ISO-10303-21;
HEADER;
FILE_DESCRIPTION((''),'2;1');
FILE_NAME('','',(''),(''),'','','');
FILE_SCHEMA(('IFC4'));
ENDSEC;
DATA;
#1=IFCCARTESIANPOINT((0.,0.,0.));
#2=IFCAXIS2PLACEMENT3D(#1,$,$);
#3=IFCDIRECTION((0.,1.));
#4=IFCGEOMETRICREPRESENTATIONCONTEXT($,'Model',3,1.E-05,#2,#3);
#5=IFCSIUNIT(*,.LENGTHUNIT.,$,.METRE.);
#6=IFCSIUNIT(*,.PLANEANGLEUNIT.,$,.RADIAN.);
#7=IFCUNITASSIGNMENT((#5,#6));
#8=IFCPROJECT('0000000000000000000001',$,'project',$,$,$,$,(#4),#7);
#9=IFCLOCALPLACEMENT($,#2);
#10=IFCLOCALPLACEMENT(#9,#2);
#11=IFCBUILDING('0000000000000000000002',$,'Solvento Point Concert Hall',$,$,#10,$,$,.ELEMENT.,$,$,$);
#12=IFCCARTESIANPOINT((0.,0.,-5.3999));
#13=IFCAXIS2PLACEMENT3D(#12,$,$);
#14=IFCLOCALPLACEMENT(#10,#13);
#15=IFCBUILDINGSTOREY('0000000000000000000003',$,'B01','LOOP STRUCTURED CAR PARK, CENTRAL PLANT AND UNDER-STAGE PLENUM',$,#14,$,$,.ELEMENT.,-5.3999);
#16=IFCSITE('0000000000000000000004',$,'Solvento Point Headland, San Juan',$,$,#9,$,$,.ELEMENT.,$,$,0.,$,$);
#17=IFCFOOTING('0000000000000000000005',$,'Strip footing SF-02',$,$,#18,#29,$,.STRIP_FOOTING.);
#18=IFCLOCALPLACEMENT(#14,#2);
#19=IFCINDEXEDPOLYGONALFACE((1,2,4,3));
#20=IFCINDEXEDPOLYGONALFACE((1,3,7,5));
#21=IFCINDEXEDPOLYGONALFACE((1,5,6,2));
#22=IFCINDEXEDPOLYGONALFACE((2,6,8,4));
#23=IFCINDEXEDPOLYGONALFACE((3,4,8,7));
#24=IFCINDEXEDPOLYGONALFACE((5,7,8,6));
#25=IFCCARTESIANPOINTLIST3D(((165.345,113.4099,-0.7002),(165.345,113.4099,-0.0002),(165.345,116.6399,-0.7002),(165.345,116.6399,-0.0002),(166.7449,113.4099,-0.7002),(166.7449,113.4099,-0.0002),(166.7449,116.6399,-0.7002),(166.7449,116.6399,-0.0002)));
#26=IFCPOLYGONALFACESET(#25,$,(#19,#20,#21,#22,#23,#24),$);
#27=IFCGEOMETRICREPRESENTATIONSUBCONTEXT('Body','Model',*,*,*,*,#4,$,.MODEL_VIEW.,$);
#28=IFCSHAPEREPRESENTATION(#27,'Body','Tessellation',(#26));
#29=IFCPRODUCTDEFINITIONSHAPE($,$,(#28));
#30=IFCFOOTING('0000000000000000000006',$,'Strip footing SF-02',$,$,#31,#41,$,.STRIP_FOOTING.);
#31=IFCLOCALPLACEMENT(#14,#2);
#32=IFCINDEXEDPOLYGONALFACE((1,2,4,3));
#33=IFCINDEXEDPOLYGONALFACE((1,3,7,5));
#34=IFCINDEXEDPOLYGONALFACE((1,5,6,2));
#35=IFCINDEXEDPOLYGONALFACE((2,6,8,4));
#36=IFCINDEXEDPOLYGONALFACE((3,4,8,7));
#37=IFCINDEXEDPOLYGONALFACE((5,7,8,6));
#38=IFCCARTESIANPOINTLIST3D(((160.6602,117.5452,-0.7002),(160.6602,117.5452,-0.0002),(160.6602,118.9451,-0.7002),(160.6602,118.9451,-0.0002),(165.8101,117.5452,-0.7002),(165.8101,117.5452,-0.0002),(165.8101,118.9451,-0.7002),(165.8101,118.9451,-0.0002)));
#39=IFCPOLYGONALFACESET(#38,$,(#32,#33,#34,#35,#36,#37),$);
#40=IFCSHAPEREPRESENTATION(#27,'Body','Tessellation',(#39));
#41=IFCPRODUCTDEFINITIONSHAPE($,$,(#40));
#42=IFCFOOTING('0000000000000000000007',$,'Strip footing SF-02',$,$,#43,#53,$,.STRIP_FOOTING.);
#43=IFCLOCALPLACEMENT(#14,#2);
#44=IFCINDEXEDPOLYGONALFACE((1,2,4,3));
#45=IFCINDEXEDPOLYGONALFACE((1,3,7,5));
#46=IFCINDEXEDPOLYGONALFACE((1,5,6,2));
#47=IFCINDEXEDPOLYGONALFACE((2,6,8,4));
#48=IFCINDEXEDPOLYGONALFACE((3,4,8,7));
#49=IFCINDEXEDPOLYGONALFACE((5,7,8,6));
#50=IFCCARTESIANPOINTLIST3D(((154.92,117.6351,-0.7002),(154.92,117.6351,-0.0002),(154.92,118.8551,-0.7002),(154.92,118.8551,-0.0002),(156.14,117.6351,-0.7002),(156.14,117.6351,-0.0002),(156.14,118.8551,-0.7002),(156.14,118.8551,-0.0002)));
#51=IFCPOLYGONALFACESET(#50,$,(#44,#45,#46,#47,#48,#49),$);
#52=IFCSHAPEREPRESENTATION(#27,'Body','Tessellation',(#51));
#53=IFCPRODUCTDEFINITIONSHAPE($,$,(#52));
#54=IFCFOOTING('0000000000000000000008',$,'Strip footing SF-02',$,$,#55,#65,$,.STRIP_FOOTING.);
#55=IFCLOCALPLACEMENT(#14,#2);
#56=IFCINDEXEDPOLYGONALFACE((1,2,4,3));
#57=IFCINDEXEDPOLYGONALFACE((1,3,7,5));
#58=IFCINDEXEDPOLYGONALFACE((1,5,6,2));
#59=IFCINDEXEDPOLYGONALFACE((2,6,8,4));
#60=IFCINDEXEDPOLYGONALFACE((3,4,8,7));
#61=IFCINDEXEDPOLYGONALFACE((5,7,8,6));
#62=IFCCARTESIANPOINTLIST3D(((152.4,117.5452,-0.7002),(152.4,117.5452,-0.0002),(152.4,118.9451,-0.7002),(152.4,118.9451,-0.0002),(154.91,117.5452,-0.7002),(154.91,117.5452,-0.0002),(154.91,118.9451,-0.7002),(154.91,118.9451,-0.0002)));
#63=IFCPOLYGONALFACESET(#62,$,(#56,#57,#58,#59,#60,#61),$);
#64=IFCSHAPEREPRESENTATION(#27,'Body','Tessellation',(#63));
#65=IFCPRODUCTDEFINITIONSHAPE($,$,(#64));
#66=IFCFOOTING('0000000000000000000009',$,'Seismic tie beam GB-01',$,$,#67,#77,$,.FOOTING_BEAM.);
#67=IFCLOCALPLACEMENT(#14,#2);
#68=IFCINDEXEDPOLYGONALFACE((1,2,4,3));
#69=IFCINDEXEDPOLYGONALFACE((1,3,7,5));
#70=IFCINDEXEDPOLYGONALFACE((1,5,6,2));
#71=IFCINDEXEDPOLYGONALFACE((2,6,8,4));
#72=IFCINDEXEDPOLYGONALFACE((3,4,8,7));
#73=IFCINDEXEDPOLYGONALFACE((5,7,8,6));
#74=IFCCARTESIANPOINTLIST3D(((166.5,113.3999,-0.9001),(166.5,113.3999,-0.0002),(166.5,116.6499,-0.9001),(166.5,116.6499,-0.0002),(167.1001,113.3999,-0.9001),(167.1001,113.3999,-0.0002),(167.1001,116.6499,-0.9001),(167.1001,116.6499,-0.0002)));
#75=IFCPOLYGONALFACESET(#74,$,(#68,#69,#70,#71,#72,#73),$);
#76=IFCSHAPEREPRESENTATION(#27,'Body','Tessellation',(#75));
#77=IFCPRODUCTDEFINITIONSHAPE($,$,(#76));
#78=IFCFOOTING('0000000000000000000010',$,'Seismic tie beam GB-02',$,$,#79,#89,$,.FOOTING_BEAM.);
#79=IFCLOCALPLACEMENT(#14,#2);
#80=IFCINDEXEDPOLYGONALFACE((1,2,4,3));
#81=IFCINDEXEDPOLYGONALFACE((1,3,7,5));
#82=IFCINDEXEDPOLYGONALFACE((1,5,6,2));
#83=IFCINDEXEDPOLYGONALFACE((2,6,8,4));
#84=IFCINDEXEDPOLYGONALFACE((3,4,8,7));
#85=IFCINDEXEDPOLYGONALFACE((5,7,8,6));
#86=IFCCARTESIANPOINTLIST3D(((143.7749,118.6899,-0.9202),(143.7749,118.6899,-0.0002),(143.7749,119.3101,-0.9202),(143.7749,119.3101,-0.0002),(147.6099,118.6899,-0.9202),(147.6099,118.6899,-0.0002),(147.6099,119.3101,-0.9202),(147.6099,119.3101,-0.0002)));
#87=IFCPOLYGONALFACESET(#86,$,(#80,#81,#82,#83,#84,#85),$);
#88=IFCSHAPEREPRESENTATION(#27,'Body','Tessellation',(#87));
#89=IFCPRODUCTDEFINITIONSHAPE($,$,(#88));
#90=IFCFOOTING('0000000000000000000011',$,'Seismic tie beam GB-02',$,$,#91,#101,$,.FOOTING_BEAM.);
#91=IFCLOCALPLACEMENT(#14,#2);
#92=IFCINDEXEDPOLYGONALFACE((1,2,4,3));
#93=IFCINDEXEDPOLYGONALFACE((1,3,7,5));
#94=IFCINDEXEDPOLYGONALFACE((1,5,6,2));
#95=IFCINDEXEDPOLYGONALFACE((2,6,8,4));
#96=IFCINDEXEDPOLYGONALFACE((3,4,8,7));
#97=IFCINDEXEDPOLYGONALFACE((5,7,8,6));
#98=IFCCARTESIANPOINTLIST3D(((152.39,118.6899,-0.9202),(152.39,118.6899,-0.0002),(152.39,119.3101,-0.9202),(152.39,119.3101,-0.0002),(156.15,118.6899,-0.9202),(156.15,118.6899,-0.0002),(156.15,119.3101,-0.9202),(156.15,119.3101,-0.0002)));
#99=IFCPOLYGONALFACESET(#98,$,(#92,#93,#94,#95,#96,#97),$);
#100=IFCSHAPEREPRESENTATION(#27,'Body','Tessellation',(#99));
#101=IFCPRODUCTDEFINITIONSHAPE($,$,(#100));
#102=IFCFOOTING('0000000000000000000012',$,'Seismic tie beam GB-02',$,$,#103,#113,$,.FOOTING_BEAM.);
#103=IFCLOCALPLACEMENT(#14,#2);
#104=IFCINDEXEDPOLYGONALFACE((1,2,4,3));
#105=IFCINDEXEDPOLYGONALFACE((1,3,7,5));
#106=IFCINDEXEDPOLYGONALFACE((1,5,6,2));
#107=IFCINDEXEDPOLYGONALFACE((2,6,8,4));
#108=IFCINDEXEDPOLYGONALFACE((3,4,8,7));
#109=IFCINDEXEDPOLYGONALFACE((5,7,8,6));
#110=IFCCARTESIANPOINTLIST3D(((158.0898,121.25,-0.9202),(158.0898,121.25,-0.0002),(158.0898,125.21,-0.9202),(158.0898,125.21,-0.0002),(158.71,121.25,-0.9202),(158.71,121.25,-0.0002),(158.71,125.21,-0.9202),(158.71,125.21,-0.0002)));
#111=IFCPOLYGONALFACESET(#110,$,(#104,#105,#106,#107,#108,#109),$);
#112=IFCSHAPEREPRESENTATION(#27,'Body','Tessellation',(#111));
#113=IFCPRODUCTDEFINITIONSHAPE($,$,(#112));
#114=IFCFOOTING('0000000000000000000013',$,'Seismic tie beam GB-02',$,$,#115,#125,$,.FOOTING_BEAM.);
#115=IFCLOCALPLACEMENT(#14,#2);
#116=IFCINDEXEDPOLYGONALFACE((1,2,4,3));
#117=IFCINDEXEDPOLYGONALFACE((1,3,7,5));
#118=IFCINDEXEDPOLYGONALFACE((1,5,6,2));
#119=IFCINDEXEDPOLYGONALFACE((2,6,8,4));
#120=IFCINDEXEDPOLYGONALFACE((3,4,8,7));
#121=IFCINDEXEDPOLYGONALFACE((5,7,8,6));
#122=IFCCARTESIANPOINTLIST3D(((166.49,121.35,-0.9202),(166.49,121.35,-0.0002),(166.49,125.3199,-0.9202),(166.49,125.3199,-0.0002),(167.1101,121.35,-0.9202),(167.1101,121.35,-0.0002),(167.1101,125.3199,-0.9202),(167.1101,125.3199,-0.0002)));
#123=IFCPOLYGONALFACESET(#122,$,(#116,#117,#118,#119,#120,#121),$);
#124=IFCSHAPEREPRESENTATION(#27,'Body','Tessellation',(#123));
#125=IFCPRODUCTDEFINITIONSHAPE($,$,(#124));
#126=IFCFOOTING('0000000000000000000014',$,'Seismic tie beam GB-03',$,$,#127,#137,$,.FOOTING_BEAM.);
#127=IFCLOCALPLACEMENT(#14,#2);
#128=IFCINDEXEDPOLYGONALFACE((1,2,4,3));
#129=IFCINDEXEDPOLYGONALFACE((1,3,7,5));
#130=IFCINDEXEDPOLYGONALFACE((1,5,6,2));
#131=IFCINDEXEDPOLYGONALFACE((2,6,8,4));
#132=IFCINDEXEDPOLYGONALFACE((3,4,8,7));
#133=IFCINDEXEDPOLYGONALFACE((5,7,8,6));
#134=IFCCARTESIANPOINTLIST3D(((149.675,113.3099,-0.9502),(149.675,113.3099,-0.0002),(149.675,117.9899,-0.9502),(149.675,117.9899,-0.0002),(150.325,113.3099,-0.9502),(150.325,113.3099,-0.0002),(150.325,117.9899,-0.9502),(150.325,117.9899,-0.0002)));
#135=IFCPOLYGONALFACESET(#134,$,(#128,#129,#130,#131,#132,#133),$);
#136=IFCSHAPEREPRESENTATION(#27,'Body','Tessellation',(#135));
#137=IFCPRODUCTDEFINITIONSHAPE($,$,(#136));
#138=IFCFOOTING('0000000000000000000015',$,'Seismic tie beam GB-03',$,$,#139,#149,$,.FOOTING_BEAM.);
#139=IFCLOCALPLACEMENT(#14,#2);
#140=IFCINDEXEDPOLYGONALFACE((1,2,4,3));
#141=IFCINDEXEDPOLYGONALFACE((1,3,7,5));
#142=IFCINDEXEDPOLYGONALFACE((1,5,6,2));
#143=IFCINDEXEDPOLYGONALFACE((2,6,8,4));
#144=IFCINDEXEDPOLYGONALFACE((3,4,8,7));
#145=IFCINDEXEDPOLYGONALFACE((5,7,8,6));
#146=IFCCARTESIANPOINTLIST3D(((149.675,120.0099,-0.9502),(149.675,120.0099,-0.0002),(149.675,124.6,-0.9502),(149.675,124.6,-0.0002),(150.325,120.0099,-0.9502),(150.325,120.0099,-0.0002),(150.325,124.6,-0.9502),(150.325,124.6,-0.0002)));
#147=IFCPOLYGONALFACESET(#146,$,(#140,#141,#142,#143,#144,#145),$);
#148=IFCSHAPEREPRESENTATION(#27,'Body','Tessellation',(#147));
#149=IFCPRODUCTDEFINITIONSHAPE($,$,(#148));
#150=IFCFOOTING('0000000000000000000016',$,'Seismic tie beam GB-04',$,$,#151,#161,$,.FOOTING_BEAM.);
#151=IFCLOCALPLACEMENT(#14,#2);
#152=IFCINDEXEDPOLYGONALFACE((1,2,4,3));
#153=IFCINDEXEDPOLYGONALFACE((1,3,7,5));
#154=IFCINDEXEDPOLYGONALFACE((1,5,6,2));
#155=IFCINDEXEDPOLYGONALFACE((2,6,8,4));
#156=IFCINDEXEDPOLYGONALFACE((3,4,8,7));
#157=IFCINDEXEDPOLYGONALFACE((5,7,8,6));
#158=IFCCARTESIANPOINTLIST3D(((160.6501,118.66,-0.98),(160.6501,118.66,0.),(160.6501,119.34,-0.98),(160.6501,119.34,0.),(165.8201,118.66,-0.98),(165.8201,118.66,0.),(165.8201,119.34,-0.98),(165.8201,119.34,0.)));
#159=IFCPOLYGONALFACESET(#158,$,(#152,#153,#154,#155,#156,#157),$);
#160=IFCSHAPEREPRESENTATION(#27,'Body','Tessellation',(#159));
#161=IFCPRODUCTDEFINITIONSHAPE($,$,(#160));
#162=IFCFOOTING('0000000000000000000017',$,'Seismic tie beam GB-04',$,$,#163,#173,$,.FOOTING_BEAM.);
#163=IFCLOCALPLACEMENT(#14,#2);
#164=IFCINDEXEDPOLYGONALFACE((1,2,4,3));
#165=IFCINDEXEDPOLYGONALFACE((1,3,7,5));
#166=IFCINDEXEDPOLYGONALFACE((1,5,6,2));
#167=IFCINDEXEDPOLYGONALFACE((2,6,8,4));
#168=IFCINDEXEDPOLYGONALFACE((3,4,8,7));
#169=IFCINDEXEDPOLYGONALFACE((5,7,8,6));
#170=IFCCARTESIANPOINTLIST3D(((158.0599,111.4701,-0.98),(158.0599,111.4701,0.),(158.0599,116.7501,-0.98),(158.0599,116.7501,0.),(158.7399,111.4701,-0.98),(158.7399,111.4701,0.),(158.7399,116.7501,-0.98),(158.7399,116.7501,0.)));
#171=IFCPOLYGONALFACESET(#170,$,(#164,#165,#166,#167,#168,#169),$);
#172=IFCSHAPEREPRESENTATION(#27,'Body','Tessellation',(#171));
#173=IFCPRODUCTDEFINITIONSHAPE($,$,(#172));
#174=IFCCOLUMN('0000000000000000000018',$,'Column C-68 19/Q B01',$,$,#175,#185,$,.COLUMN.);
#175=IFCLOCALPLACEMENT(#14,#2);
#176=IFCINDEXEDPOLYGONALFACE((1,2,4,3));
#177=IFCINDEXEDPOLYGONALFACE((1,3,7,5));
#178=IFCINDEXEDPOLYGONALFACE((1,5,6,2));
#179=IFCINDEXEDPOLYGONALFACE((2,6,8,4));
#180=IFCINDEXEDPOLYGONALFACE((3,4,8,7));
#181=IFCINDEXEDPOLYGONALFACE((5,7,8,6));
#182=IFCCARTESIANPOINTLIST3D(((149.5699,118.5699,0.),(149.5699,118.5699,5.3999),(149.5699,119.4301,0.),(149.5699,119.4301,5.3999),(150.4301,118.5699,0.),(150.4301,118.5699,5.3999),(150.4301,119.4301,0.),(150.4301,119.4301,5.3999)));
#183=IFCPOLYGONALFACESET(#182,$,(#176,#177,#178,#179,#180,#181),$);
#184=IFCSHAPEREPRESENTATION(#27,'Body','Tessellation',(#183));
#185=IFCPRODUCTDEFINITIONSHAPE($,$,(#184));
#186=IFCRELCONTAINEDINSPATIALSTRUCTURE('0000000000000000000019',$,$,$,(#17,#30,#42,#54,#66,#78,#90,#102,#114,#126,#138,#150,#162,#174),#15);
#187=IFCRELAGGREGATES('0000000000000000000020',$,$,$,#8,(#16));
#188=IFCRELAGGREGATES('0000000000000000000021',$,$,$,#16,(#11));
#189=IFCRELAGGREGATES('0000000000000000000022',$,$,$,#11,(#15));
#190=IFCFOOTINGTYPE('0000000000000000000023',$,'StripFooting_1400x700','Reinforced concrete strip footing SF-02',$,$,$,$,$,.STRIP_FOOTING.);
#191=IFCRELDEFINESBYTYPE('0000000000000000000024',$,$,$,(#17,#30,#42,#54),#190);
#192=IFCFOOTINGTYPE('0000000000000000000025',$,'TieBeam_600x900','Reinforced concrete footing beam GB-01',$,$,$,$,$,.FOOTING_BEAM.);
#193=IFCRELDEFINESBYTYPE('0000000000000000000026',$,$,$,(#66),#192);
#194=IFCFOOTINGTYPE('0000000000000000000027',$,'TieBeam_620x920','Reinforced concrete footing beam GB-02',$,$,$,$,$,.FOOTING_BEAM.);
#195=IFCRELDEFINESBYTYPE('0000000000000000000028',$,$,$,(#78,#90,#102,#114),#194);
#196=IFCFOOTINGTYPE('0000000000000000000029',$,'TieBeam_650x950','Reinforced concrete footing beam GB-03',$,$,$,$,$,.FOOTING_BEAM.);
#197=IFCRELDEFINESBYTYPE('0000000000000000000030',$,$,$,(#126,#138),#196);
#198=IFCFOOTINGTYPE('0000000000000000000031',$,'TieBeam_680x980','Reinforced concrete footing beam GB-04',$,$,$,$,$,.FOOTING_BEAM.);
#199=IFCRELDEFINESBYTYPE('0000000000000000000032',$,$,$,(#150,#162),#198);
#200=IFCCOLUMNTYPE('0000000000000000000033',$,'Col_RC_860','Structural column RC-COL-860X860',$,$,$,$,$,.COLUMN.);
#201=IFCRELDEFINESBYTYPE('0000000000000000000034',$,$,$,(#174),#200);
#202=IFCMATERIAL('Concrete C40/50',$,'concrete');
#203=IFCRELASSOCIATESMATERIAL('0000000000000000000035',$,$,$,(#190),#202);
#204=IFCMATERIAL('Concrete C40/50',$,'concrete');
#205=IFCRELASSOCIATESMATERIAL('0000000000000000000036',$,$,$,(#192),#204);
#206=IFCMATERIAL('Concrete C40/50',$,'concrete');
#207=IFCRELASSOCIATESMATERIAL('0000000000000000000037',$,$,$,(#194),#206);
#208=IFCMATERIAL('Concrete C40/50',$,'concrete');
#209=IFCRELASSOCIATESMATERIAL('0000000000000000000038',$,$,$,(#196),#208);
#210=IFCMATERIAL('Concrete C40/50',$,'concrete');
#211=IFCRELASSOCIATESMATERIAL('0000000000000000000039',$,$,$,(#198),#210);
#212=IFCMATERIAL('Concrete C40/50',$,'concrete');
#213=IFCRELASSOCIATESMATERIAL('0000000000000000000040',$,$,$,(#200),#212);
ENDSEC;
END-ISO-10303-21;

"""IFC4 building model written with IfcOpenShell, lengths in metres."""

from ifc_helpers import new_model, si_unit, direction, frame, origin, origin_2d, place, context, subcontext, project, spatial, rectangle, extrude, material, material_profile, profile_set, type_object, element, save


model = new_model("IFC4")

# Units and contexts
model_context = context("Model", 3, precision=1e-05, world=origin(), true_north=direction((0.0, 1.0)))
body_context = subcontext(model_context, "Body", "Model", "MODEL_VIEW")
ifc_project = project(units=[si_unit("LENGTHUNIT", "METRE"), si_unit("PLANEANGLEUNIT", "RADIAN")], contexts=[model_context])

# Site, building, storey
site_placement = place(None, origin())
site = spatial("IfcSite", under=ifc_project, at=site_placement, Name="Solvento Point Headland, San Juan", CompositionType="ELEMENT", RefElevation=0.0)
building_placement = place(site_placement, origin())
building = spatial("IfcBuilding", under=site, at=building_placement, Name="Solvento Point Concert Hall", CompositionType="ELEMENT")
storey_placement = place(building_placement, frame((0.0, 0.0, -5.3999)))
storey = spatial("IfcBuildingStorey", under=building, at=storey_placement, Name="B01", Description="LOOP STRUCTURED CAR PARK, CENTRAL PLANT AND UNDER-STAGE PLENUM", CompositionType="ELEMENT", Elevation=-5.3999)

# Footings
ifc_material_1 = material(Name="Concrete C40/50", Category="concrete")
footing_type_1 = type_object("IfcFootingType", Name="StripFooting_1400x700", Description="Reinforced concrete strip footing SF-02", PredefinedType="STRIP_FOOTING", material=ifc_material_1)
footing_1_placement = place(storey_placement, frame((166.0449, 115.0249, -0.7002), z_axis=(0.0, 0.0, 1.0), x_axis=(0.0, 1.0, 0.0)))
element("IfcFooting", 1, at=footing_1_placement, inside=storey, type_object=footing_type_1, Name="Strip footing SF-02", PredefinedType="STRIP_FOOTING", context=body_context, shape_type="SweptSolid", body=[
    extrude(rectangle(XDim=3.23, YDim=1.3999, at=origin_2d()), origin(), (0.0, 0.0, 1.0), 0.7),
])
footing_2_placement = place(storey_placement, frame((163.2351, 118.2451, -0.7002), z_axis=(0.0, 0.0, 1.0), x_axis=(-1.0, 0.0, 0.0)))
element("IfcFooting", 2, at=footing_2_placement, inside=storey, type_object=footing_type_1, Name="Strip footing SF-02", PredefinedType="STRIP_FOOTING", context=body_context, shape_type="SweptSolid", body=[
    extrude(rectangle(XDim=5.1499, YDim=1.3999, at=origin_2d()), origin(), (0.0, 0.0, 1.0), 0.7),
])
footing_3_placement = place(storey_placement, frame((155.53, 118.2451, -0.7002), z_axis=(0.0, 0.0, 1.0), x_axis=(-1.0, 0.0, 0.0)))
element("IfcFooting", 3, at=footing_3_placement, inside=storey, type_object=footing_type_1, Name="Strip footing SF-02", PredefinedType="STRIP_FOOTING", context=body_context, shape_type="SweptSolid", body=[
    extrude(rectangle(XDim=1.22, YDim=1.22, at=origin_2d()), origin(), (0.0, 0.0, 1.0), 0.7),
])
footing_4_placement = place(storey_placement, frame((153.655, 118.2451, -0.7002), z_axis=(0.0, 0.0, 1.0), x_axis=(-1.0, 0.0, 0.0)))
element("IfcFooting", 4, at=footing_4_placement, inside=storey, type_object=footing_type_1, Name="Strip footing SF-02", PredefinedType="STRIP_FOOTING", context=body_context, shape_type="SweptSolid", body=[
    extrude(rectangle(XDim=2.51, YDim=1.3999, at=origin_2d()), origin(), (0.0, 0.0, 1.0), 0.7),
])
ifc_material_2 = material(Name="Concrete C40/50", Category="concrete")
footing_type_2 = type_object("IfcFootingType", Name="TieBeam_600x900", Description="Reinforced concrete footing beam GB-01", PredefinedType="FOOTING_BEAM", material=ifc_material_2)
footing_5_placement = place(storey_placement, frame((166.8, 115.0249, -0.9001), z_axis=(0.0, 0.0, 1.0), x_axis=(0.0, 1.0, 0.0)))
element("IfcFooting", 5, at=footing_5_placement, inside=storey, type_object=footing_type_2, Name="Seismic tie beam GB-01", PredefinedType="FOOTING_BEAM", context=body_context, shape_type="SweptSolid", body=[
    extrude(rectangle(XDim=3.25, YDim=0.6001, at=origin_2d()), origin(), (0.0, 0.0, 1.0), 0.8999),
])
ifc_material_3 = material(Name="Concrete C40/50", Category="concrete")
footing_type_3 = type_object("IfcFootingType", Name="TieBeam_620x920", Description="Reinforced concrete footing beam GB-02", PredefinedType="FOOTING_BEAM", material=ifc_material_3)
footing_6_placement = place(storey_placement, frame((145.6924, 119.0, -0.9202), z_axis=(0.0, 0.0, 1.0), x_axis=(1.0, 0.0, 0.0)))
element("IfcFooting", 6, at=footing_6_placement, inside=storey, type_object=footing_type_3, Name="Seismic tie beam GB-02", PredefinedType="FOOTING_BEAM", context=body_context, shape_type="SweptSolid", body=[
    extrude(rectangle(XDim=3.835, YDim=0.6201, at=origin_2d()), origin(), (0.0, 0.0, 1.0), 0.9199),
])
footing_7_placement = place(storey_placement, frame((154.27, 119.0, -0.9202), z_axis=(0.0, 0.0, 1.0), x_axis=(1.0, 0.0, 0.0)))
element("IfcFooting", 7, at=footing_7_placement, inside=storey, type_object=footing_type_3, Name="Seismic tie beam GB-02", PredefinedType="FOOTING_BEAM", context=body_context, shape_type="SweptSolid", body=[
    extrude(rectangle(XDim=3.76, YDim=0.6201, at=origin_2d()), origin(), (0.0, 0.0, 1.0), 0.9199),
])
footing_8_placement = place(storey_placement, frame((158.3999, 123.23, -0.9202), z_axis=(0.0, 0.0, 1.0), x_axis=(0.0, 1.0, 0.0)))
element("IfcFooting", 8, at=footing_8_placement, inside=storey, type_object=footing_type_3, Name="Seismic tie beam GB-02", PredefinedType="FOOTING_BEAM", context=body_context, shape_type="SweptSolid", body=[
    extrude(rectangle(XDim=3.96, YDim=0.6201, at=origin_2d()), origin(), (0.0, 0.0, 1.0), 0.9199),
])
footing_9_placement = place(storey_placement, frame((166.8, 123.335, -0.9202), z_axis=(0.0, 0.0, 1.0), x_axis=(0.0, 1.0, 0.0)))
element("IfcFooting", 9, at=footing_9_placement, inside=storey, type_object=footing_type_3, Name="Seismic tie beam GB-02", PredefinedType="FOOTING_BEAM", context=body_context, shape_type="SweptSolid", body=[
    extrude(rectangle(XDim=3.97, YDim=0.6201, at=origin_2d()), origin(), (0.0, 0.0, 1.0), 0.9199),
])
ifc_material_4 = material(Name="Concrete C40/50", Category="concrete")
footing_type_4 = type_object("IfcFootingType", Name="TieBeam_650x950", Description="Reinforced concrete footing beam GB-03", PredefinedType="FOOTING_BEAM", material=ifc_material_4)
footing_10_placement = place(storey_placement, frame((150.0, 115.6499, -0.9502), z_axis=(0.0, 0.0, 1.0), x_axis=(0.0, 1.0, 0.0)))
element("IfcFooting", 10, at=footing_10_placement, inside=storey, type_object=footing_type_4, Name="Seismic tie beam GB-03", PredefinedType="FOOTING_BEAM", context=body_context, shape_type="SweptSolid", body=[
    extrude(rectangle(XDim=4.6799, YDim=0.6499, at=origin_2d()), origin(), (0.0, 0.0, 1.0), 0.95),
])
footing_11_placement = place(storey_placement, frame((150.0, 122.3049, -0.9502), z_axis=(0.0, 0.0, 1.0), x_axis=(0.0, 1.0, 0.0)))
element("IfcFooting", 11, at=footing_11_placement, inside=storey, type_object=footing_type_4, Name="Seismic tie beam GB-03", PredefinedType="FOOTING_BEAM", context=body_context, shape_type="SweptSolid", body=[
    extrude(rectangle(XDim=4.5901, YDim=0.6499, at=origin_2d()), origin(), (0.0, 0.0, 1.0), 0.95),
])
ifc_material_5 = material(Name="Concrete C40/50", Category="concrete")
footing_type_5 = type_object("IfcFootingType", Name="TieBeam_680x980", Description="Reinforced concrete footing beam GB-04", PredefinedType="FOOTING_BEAM", material=ifc_material_5)
footing_12_placement = place(storey_placement, frame((163.2351, 119.0, -0.98), z_axis=(0.0, 0.0, 1.0), x_axis=(1.0, 0.0, 0.0)))
element("IfcFooting", 12, at=footing_12_placement, inside=storey, type_object=footing_type_5, Name="Seismic tie beam GB-04", PredefinedType="FOOTING_BEAM", context=body_context, shape_type="SweptSolid", body=[
    extrude(rectangle(XDim=5.1699, YDim=0.6799, at=origin_2d()), origin(), (0.0, 0.0, 1.0), 0.98),
])
footing_13_placement = place(storey_placement, frame((158.3999, 114.1101, -0.98), z_axis=(0.0, 0.0, 1.0), x_axis=(0.0, 1.0, 0.0)))
element("IfcFooting", 13, at=footing_13_placement, inside=storey, type_object=footing_type_5, Name="Seismic tie beam GB-04", PredefinedType="FOOTING_BEAM", context=body_context, shape_type="SweptSolid", body=[
    extrude(rectangle(XDim=5.28, YDim=0.6799, at=origin_2d()), origin(), (0.0, 0.0, 1.0), 0.98),
])

# Column
ifc_material_6 = material(Name="Concrete C40/50", Category="concrete")
ifc_material_profile_1 = material_profile(ifc_material_6, rectangle(XDim=0.8601, YDim=0.8601, at=origin_2d()), Name="RC-COL-860X860")
ifc_profile_set_1 = profile_set([ifc_material_profile_1], Name="Concrete C40/50")
column_type = type_object("IfcColumnType", Name="Col_RC_860", Description="Structural column RC-COL-860X860", PredefinedType="COLUMN", material=ifc_profile_set_1)
for number, where, z_axis, x_axis, name in (
    (14, (150.0, 119.0, 0.0), (0.0, 0.0, 1.0), (1.0, 0.0, 0.0), "Column C-68 19/Q B01"),
):
    element("IfcColumn", number, at=place(storey_placement, frame(where, z_axis=z_axis, x_axis=x_axis)), inside=storey, type_object=column_type, Name=name, PredefinedType="COLUMN", context=body_context, shape_type="SweptSolid", body=[
        extrude(rectangle(XDim=0.8601, YDim=0.8601, at=origin_2d()), origin(), (0.0, 0.0, 1.0), 5.3999),
    ])

save(model, "model.ifc")
